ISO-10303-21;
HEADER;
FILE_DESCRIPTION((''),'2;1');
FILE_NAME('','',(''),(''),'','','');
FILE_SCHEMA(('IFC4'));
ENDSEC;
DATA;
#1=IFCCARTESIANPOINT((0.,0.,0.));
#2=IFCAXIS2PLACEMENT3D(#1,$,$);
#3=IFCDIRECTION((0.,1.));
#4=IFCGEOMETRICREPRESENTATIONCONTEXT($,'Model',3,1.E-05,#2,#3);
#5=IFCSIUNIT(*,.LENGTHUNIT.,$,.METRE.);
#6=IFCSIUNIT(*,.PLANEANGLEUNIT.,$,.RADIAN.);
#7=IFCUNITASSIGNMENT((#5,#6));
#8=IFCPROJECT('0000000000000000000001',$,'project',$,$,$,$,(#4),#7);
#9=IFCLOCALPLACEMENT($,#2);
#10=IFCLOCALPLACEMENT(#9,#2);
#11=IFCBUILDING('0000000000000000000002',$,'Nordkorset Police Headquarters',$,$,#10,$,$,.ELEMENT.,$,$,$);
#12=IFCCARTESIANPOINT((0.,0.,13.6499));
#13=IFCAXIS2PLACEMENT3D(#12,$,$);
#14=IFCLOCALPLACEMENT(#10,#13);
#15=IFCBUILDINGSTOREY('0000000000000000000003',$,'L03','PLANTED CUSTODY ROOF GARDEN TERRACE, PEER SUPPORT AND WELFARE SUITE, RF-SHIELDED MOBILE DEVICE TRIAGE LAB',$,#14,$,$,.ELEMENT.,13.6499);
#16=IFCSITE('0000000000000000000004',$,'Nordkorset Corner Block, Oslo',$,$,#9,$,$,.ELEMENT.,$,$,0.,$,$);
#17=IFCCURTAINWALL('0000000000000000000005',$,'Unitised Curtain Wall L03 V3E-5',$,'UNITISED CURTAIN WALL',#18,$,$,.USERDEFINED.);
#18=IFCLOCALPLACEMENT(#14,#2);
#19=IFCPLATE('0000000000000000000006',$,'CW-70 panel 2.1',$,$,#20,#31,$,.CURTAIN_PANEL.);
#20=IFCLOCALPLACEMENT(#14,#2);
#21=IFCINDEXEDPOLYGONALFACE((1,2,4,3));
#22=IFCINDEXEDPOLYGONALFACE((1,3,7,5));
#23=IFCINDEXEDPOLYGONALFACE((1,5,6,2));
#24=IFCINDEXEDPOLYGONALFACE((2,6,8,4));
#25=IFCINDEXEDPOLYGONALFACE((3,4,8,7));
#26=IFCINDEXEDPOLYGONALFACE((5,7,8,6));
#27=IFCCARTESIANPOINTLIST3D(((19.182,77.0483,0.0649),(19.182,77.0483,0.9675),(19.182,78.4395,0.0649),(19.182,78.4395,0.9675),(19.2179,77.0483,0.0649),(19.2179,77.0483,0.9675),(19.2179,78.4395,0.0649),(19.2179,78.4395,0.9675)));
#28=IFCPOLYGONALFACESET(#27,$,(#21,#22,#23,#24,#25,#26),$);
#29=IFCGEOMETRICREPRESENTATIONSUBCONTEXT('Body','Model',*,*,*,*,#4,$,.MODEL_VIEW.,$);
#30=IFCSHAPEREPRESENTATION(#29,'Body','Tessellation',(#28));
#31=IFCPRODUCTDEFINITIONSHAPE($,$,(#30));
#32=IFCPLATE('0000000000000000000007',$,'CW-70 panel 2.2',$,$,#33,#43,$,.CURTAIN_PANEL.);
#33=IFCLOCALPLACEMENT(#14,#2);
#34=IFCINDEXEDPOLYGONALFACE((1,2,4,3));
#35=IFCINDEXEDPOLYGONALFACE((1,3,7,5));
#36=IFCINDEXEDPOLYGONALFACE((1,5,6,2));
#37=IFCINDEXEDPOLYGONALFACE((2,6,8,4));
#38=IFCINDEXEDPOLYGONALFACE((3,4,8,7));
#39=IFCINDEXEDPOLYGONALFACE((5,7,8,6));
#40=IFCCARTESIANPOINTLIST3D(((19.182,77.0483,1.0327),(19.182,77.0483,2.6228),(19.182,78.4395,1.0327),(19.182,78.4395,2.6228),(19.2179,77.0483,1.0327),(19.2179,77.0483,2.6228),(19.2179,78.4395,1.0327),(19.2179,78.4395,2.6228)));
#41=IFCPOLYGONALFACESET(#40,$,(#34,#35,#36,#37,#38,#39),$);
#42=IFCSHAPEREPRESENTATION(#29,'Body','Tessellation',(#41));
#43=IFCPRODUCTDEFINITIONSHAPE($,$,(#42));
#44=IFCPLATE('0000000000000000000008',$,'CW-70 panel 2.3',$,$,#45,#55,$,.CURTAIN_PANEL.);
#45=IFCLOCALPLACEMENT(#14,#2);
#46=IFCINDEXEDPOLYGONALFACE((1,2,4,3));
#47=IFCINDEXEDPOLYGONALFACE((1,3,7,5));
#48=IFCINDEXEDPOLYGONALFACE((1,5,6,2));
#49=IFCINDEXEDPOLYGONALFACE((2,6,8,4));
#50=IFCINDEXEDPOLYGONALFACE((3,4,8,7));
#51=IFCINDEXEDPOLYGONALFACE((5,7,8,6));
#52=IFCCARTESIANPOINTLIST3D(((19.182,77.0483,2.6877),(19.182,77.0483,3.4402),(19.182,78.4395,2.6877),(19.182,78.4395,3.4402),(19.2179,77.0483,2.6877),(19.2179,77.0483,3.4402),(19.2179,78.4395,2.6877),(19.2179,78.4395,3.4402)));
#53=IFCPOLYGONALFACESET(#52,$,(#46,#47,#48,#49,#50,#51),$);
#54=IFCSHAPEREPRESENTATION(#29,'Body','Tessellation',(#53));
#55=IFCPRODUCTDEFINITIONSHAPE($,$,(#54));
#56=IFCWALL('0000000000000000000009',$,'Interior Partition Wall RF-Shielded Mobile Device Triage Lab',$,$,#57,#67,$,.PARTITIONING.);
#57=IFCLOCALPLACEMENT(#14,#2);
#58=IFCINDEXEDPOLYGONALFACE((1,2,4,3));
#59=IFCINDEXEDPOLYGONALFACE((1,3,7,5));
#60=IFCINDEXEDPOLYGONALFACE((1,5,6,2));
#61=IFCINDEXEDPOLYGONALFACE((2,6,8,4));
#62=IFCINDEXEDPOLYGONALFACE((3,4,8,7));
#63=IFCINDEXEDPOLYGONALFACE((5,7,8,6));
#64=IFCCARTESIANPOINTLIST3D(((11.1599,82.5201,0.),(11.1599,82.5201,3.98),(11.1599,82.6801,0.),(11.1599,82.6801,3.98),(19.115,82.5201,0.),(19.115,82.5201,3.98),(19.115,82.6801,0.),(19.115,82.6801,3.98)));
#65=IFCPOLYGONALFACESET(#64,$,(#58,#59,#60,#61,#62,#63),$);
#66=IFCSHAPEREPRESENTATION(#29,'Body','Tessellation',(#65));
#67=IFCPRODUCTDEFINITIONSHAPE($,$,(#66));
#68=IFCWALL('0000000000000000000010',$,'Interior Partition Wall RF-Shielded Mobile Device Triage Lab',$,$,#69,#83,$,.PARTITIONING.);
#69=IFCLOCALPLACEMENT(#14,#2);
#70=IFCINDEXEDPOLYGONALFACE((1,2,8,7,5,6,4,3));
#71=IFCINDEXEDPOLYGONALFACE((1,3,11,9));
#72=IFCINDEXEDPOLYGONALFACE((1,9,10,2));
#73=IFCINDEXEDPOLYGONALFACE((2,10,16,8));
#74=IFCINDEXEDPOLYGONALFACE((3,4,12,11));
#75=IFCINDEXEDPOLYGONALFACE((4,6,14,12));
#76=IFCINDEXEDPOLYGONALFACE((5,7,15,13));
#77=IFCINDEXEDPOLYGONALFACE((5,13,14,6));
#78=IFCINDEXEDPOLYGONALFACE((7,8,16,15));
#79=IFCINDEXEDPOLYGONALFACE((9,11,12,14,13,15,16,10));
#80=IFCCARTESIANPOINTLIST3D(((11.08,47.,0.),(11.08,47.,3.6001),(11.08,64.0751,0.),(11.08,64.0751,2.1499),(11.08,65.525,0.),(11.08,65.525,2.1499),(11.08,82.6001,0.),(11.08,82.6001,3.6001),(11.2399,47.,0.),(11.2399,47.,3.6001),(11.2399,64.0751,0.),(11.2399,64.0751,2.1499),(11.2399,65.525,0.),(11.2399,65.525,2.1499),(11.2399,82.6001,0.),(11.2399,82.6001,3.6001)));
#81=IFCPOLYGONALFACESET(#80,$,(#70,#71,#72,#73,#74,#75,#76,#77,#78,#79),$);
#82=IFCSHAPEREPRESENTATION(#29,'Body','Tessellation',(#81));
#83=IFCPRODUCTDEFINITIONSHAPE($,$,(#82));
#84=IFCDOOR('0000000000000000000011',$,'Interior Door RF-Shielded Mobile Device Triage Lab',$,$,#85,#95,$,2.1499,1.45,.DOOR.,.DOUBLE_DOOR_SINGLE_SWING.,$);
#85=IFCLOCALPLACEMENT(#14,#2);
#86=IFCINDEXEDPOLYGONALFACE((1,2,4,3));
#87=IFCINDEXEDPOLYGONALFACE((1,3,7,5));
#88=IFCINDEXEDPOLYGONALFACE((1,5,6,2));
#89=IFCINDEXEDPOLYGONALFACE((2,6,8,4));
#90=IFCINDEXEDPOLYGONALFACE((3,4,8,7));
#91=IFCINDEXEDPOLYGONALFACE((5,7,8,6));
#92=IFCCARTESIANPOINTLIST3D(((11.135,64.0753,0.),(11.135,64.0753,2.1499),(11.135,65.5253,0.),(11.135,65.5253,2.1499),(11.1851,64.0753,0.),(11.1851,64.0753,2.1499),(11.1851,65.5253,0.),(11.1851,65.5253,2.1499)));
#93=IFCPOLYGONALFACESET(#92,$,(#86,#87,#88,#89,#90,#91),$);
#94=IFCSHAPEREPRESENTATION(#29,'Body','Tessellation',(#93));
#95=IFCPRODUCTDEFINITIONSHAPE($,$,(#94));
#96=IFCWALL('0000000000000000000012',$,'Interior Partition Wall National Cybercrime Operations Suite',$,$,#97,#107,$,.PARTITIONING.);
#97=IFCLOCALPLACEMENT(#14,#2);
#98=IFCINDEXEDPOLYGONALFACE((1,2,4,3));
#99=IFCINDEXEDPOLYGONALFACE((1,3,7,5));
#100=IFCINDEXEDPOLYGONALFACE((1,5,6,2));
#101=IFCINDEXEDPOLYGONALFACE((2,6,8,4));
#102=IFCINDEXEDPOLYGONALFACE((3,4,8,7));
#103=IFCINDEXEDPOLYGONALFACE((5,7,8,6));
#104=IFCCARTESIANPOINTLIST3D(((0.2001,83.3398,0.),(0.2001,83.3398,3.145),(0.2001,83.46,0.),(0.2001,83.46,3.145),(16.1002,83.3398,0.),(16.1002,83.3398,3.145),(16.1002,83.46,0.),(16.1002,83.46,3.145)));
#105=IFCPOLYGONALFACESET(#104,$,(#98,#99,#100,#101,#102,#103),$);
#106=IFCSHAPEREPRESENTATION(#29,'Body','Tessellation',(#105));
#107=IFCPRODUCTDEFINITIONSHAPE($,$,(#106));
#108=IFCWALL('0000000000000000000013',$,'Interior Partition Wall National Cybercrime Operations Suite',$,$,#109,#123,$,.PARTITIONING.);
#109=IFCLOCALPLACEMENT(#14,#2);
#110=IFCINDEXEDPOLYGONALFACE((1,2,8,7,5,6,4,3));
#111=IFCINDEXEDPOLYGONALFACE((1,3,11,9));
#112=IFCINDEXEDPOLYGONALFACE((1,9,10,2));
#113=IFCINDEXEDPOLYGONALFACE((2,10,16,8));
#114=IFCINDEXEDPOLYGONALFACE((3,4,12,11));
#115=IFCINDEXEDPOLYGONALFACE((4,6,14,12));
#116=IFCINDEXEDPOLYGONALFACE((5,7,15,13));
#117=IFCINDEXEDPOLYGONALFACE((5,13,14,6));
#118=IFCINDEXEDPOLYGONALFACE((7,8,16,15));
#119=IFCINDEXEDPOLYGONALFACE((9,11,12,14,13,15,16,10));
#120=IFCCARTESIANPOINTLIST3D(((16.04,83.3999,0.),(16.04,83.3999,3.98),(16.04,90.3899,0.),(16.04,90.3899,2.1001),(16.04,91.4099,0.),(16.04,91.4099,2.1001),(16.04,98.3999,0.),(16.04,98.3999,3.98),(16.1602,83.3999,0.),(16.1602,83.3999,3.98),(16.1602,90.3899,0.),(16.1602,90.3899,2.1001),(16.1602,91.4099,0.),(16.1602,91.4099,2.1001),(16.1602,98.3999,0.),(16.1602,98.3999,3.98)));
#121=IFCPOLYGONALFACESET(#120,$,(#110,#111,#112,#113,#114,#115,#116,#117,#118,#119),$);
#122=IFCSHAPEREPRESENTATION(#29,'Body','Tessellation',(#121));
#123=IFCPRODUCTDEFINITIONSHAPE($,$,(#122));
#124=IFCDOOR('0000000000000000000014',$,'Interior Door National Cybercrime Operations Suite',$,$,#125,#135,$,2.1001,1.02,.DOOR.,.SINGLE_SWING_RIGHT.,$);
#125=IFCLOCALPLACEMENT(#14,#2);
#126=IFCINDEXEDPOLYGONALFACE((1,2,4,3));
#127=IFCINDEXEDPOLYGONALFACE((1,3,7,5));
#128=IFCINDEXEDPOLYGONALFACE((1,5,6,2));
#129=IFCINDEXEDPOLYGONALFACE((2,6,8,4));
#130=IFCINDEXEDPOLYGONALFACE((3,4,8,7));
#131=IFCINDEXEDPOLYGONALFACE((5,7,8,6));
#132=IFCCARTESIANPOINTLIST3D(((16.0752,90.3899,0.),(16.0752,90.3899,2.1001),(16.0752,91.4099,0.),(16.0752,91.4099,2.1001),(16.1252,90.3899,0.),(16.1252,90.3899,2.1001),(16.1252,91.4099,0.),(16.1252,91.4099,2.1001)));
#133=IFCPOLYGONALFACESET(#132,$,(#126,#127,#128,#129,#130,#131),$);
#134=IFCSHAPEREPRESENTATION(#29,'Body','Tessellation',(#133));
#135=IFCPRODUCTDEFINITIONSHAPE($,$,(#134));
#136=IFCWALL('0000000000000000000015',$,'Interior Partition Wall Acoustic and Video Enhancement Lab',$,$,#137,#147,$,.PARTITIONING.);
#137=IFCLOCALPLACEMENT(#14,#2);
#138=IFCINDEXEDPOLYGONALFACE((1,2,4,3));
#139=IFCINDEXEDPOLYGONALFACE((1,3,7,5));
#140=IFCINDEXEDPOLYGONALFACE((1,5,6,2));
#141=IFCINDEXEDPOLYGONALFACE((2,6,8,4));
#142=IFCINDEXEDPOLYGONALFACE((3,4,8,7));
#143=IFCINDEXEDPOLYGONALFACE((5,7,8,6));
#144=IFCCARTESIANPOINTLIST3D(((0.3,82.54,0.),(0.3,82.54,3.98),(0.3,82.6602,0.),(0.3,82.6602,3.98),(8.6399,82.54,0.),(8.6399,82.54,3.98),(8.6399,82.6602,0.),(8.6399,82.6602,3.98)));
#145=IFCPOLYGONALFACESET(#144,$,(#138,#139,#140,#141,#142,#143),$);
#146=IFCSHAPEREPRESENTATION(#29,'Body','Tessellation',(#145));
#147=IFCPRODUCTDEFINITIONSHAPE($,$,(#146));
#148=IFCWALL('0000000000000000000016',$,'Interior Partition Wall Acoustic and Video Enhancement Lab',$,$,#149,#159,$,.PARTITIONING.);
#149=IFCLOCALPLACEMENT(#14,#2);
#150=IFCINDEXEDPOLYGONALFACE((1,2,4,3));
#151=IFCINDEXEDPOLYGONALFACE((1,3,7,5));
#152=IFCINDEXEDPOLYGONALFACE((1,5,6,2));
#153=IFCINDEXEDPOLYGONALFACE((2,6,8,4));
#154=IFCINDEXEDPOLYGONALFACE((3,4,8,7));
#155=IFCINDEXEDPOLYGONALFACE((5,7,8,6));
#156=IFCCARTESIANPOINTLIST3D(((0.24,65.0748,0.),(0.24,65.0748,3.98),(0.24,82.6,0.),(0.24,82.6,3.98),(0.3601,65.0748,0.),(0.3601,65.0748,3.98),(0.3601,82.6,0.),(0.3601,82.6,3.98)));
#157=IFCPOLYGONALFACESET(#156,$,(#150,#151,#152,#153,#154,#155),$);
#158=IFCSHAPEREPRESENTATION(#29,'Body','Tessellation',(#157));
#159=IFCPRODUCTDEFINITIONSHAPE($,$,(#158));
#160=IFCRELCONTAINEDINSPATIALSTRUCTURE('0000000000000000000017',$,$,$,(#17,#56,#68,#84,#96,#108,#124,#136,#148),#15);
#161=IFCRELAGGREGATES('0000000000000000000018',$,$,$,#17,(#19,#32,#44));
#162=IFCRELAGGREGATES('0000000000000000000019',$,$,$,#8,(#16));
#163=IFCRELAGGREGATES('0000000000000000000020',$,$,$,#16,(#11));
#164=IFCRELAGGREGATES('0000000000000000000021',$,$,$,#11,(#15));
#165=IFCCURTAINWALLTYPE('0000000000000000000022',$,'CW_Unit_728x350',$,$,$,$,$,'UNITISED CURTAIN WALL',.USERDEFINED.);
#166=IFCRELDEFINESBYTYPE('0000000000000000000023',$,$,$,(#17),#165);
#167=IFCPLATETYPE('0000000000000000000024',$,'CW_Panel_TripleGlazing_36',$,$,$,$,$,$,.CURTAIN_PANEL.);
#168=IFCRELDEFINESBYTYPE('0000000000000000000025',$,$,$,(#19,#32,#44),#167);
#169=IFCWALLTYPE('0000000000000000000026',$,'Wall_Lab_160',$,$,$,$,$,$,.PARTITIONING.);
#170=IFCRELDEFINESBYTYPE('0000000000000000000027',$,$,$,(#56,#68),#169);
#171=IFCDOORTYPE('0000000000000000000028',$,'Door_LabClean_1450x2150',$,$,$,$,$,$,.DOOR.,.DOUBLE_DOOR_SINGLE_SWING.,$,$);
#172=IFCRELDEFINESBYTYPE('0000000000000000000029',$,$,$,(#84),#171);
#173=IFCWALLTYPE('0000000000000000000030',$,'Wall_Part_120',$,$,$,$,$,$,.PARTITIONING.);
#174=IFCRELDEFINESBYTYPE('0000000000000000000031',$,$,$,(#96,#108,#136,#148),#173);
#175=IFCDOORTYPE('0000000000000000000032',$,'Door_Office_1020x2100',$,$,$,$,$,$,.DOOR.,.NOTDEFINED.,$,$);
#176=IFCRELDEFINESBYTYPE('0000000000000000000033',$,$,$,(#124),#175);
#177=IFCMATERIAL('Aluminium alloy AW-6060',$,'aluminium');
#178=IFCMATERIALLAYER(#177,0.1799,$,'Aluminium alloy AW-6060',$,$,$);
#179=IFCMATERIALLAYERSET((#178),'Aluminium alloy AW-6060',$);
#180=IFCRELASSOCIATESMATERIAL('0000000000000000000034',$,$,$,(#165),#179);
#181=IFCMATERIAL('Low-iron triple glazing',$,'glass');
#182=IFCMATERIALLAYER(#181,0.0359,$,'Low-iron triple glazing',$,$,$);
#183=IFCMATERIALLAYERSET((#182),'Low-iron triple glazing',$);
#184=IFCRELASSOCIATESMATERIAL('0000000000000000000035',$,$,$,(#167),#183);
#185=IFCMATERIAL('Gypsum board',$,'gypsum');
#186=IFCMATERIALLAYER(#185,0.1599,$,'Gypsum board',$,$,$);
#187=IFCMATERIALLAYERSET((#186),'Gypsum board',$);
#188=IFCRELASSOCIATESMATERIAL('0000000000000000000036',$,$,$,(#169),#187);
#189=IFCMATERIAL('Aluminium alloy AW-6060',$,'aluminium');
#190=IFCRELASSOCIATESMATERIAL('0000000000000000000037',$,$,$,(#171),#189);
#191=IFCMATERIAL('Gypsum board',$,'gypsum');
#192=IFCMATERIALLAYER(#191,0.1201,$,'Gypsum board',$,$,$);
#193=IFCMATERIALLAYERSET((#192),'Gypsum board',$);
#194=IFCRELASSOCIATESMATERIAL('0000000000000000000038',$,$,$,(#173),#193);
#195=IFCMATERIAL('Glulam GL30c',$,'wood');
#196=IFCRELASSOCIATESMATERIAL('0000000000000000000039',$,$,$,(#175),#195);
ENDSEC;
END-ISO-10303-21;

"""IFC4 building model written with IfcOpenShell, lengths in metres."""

from ifc_helpers import new_model, si_unit, direction, frame, frame_2d, origin, origin_2d, place, context, subcontext, project, spatial, rectangle, extrude, material, layer, layer_set, type_object, element, fill, aggregate, save


model = new_model("IFC4")

# Units and contexts
model_context = context("Model", 3, precision=1e-05, world=origin(), true_north=direction((0.0, 1.0)))
body_context = subcontext(model_context, "Body", "Model", "MODEL_VIEW")
ifc_project = project(units=[si_unit("LENGTHUNIT", "METRE"), si_unit("PLANEANGLEUNIT", "RADIAN")], contexts=[model_context])

# Site, building, storey
site_placement = place(None, origin())
site = spatial("IfcSite", under=ifc_project, at=site_placement, Name="Nordkorset Corner Block, Oslo", CompositionType="ELEMENT", RefElevation=0.0)
building_placement = place(site_placement, origin())
building = spatial("IfcBuilding", under=site, at=building_placement, Name="Nordkorset Police Headquarters", CompositionType="ELEMENT")
storey_placement = place(building_placement, frame((0.0, 0.0, 13.6499)))
storey = spatial("IfcBuildingStorey", under=building, at=storey_placement, Name="L03", Description="PLANTED CUSTODY ROOF GARDEN TERRACE, PEER SUPPORT AND WELFARE SUITE, RF-SHIELDED MOBILE DEVICE TRIAGE LAB", CompositionType="ELEMENT", Elevation=13.6499)

# Curtain wall
ifc_material_1 = material(Name="Aluminium alloy AW-6060", Category="aluminium")
ifc_layer_1 = layer(ifc_material_1, 0.1799, Name="Aluminium alloy AW-6060")
ifc_layer_set_1 = layer_set([ifc_layer_1], Name="Aluminium alloy AW-6060")
curtain_wall_type_1 = type_object("IfcCurtainWallType", Name="CW_Unit_728x350", ElementType="UNITISED CURTAIN WALL", PredefinedType="USERDEFINED", material=ifc_layer_set_1)
curtain_wall_1_placement = place(storey_placement, origin())
curtain_wall_1 = element("IfcCurtainWall", 1, at=curtain_wall_1_placement, inside=storey, type_object=curtain_wall_type_1, Name="Unitised Curtain Wall L03 V3E-5", ObjectType="UNITISED CURTAIN WALL", PredefinedType="USERDEFINED")

# Plates
ifc_material_2 = material(Name="Low-iron triple glazing", Category="glass")
ifc_layer_2 = layer(ifc_material_2, 0.0359, Name="Low-iron triple glazing")
ifc_layer_set_2 = layer_set([ifc_layer_2], Name="Low-iron triple glazing")
plate_type = type_object("IfcPlateType", Name="CW_Panel_TripleGlazing_36", PredefinedType="CURTAIN_PANEL", material=ifc_layer_set_2)
plate_1_placement = place(storey_placement, frame((19.2, 77.7439, 0.0649), z_axis=(0.0, 0.0, 1.0), x_axis=(0.0, 1.0, 0.0)))
plate_1 = element("IfcPlate", 2, at=plate_1_placement, type_object=plate_type, Name="CW-70 panel 2.1", PredefinedType="CURTAIN_PANEL", context=body_context, shape_type="SweptSolid", body=[
    extrude(rectangle(XDim=1.3911, YDim=0.0359, at=origin_2d()), origin(), (0.0, 0.0, 1.0), 0.9026),
])
plate_2_placement = place(storey_placement, frame((19.2, 77.7439, 1.0327), z_axis=(0.0, 0.0, 1.0), x_axis=(0.0, 1.0, 0.0)))
plate_2 = element("IfcPlate", 3, at=plate_2_placement, type_object=plate_type, Name="CW-70 panel 2.2", PredefinedType="CURTAIN_PANEL", context=body_context, shape_type="SweptSolid", body=[
    extrude(rectangle(XDim=1.3911, YDim=0.0359, at=origin_2d()), origin(), (0.0, 0.0, 1.0), 1.5901),
])
plate_3_placement = place(storey_placement, frame((19.2, 77.7439, 2.6877), z_axis=(0.0, 0.0, 1.0), x_axis=(0.0, 1.0, 0.0)))
plate_3 = element("IfcPlate", 4, at=plate_3_placement, type_object=plate_type, Name="CW-70 panel 2.3", PredefinedType="CURTAIN_PANEL", context=body_context, shape_type="SweptSolid", body=[
    extrude(rectangle(XDim=1.3911, YDim=0.0359, at=origin_2d()), origin(), (0.0, 0.0, 1.0), 0.7524),
])
aggregate(curtain_wall_1, [plate_1, plate_2, plate_3])

# Wall
ifc_material_3 = material(Name="Gypsum board", Category="gypsum")
ifc_layer_3 = layer(ifc_material_3, 0.1599, Name="Gypsum board")
ifc_layer_set_3 = layer_set([ifc_layer_3], Name="Gypsum board")
wall_type_1 = type_object("IfcWallType", Name="Wall_Lab_160", PredefinedType="PARTITIONING", material=ifc_layer_set_3)
wall_1_placement = place(storey_placement, frame((19.115, 82.6001, 0.0), z_axis=(0.0, 0.0, 1.0), x_axis=(-1.0, 0.0, 0.0)))
element("IfcWall", 5, at=wall_1_placement, inside=storey, type_object=wall_type_1, Name="Interior Partition Wall RF-Shielded Mobile Device Triage Lab", PredefinedType="PARTITIONING", context=body_context, shape_type="SweptSolid", body=[
    extrude(rectangle(XDim=7.9551, YDim=0.1599, at=frame_2d((3.9775, 0.0))), origin(), (0.0, 0.0, 1.0), 3.98),
])

# Wall, opening, door
wall_2_placement = place(storey_placement, frame((11.1599, 82.6001, 0.0), z_axis=(0.0, 0.0, 1.0), x_axis=(0.0, -1.0, 0.0)))
wall_2 = element("IfcWall", 6, at=wall_2_placement, inside=storey, type_object=wall_type_1, Name="Interior Partition Wall RF-Shielded Mobile Device Triage Lab", PredefinedType="PARTITIONING", context=body_context, shape_type="SweptSolid", body=[
    extrude(rectangle(XDim=35.6001, YDim=0.1599, at=frame_2d((17.8, 0.0))), origin(), (0.0, 0.0, 1.0), 3.6001),
])
opening_1_placement = place(wall_2_placement, frame((17.075, 0.0, 0.0)))
opening_1 = element("IfcOpeningElement", 7, at=opening_1_placement, cuts=wall_2, PredefinedType="OPENING", context=body_context, shape_type="SweptSolid", body=[
    extrude(rectangle(XDim=1.45, YDim=2.1499, at=frame_2d((0.7251, 1.075))), frame((0.0, 0.0898, 0.0), z_axis=(0.0, -1.0, 0.0), x_axis=(1.0, 0.0, 0.0)), (0.0, 0.0, 1.0), 0.1799),
])
ifc_material_4 = material(Name="Aluminium alloy AW-6060", Category="aluminium")
door_type_1 = type_object("IfcDoorType", Name="Door_LabClean_1450x2150", OperationType="DOUBLE_DOOR_SINGLE_SWING", PredefinedType="DOOR", material=ifc_material_4)
door_1_placement = place(opening_1_placement, frame((1.45, 0.0, 0.0), z_axis=(0.0, 0.0, 1.0), x_axis=(-1.0, 0.0, 0.0)))
door_1 = element("IfcDoor", 8, at=door_1_placement, inside=storey, type_object=door_type_1, Name="Interior Door RF-Shielded Mobile Device Triage Lab", OperationType="DOUBLE_DOOR_SINGLE_SWING", OverallHeight=2.1499, OverallWidth=1.45, PredefinedType="DOOR", context=body_context, shape_type="SweptSolid", body=[
    extrude(rectangle(XDim=1.45, YDim=2.1499, at=frame_2d((0.7251, 1.075))), frame((0.0, 0.0249, 0.0), z_axis=(0.0, -1.0, 0.0), x_axis=(1.0, 0.0, 0.0)), (0.0, 0.0, 1.0), 0.05),
])
fill(opening_1, door_1)

# Wall
ifc_material_5 = material(Name="Gypsum board", Category="gypsum")
ifc_layer_4 = layer(ifc_material_5, 0.1201, Name="Gypsum board")
ifc_layer_set_4 = layer_set([ifc_layer_4], Name="Gypsum board")
wall_type_2 = type_object("IfcWallType", Name="Wall_Part_120", PredefinedType="PARTITIONING", material=ifc_layer_set_4)
wall_3_placement = place(storey_placement, frame((0.2, 83.3999, 0.0), z_axis=(0.0, 0.0, 1.0), x_axis=(1.0, 0.0, 0.0)))
element("IfcWall", 9, at=wall_3_placement, inside=storey, type_object=wall_type_2, Name="Interior Partition Wall National Cybercrime Operations Suite", PredefinedType="PARTITIONING", context=body_context, shape_type="SweptSolid", body=[
    extrude(rectangle(XDim=15.9001, YDim=0.1201, at=frame_2d((7.9502, 0.0))), origin(), (0.0, 0.0, 1.0), 3.145),
])

# Wall, opening, door
wall_4_placement = place(storey_placement, frame((16.1001, 83.3999, 0.0), z_axis=(0.0, 0.0, 1.0), x_axis=(0.0, 1.0, 0.0)))
wall_4 = element("IfcWall", 10, at=wall_4_placement, inside=storey, type_object=wall_type_2, Name="Interior Partition Wall National Cybercrime Operations Suite", PredefinedType="PARTITIONING", context=body_context, shape_type="SweptSolid", body=[
    extrude(rectangle(XDim=15.0, YDim=0.1201, at=frame_2d((7.5, 0.0))), origin(), (0.0, 0.0, 1.0), 3.98),
])
opening_2_placement = place(wall_4_placement, frame((6.99, 0.0, 0.0)))
opening_2 = element("IfcOpeningElement", 11, at=opening_2_placement, cuts=wall_4, PredefinedType="OPENING", context=body_context, shape_type="SweptSolid", body=[
    extrude(rectangle(XDim=1.02, YDim=2.1001, at=frame_2d((0.51, 1.05))), frame((0.0, 0.0701, 0.0), z_axis=(0.0, -1.0, 0.0), x_axis=(1.0, 0.0, 0.0)), (0.0, 0.0, 1.0), 0.1401),
])
ifc_material_6 = material(Name="Glulam GL30c", Category="wood")
door_type_2 = type_object("IfcDoorType", Name="Door_Office_1020x2100", OperationType="NOTDEFINED", PredefinedType="DOOR", material=ifc_material_6)
door_2_placement = place(opening_2_placement, origin())
door_2 = element("IfcDoor", 12, at=door_2_placement, inside=storey, type_object=door_type_2, Name="Interior Door National Cybercrime Operations Suite", OperationType="SINGLE_SWING_RIGHT", OverallHeight=2.1001, OverallWidth=1.02, PredefinedType="DOOR", context=body_context, shape_type="SweptSolid", body=[
    extrude(rectangle(XDim=1.02, YDim=2.1001, at=frame_2d((0.51, 1.05))), frame((0.0, 0.0249, 0.0), z_axis=(0.0, -1.0, 0.0), x_axis=(1.0, 0.0, 0.0)), (0.0, 0.0, 1.0), 0.05),
])
fill(opening_2, door_2)

# Walls
wall_5_placement = place(storey_placement, frame((8.6399, 82.6001, 0.0), z_axis=(0.0, 0.0, 1.0), x_axis=(-1.0, 0.0, 0.0)))
element("IfcWall", 13, at=wall_5_placement, inside=storey, type_object=wall_type_2, Name="Interior Partition Wall Acoustic and Video Enhancement Lab", PredefinedType="PARTITIONING", context=body_context, shape_type="SweptSolid", body=[
    extrude(rectangle(XDim=8.3398, YDim=0.1201, at=frame_2d((4.1699, 0.0))), origin(), (0.0, 0.0, 1.0), 3.98),
])
wall_6_placement = place(storey_placement, frame((0.3, 82.6001, 0.0), z_axis=(0.0, 0.0, 1.0), x_axis=(0.0, -1.0, 0.0)))
element("IfcWall", 14, at=wall_6_placement, inside=storey, type_object=wall_type_2, Name="Interior Partition Wall Acoustic and Video Enhancement Lab", PredefinedType="PARTITIONING", context=body_context, shape_type="SweptSolid", body=[
    extrude(rectangle(XDim=17.5251, YDim=0.1201, at=frame_2d((8.7627, 0.0))), origin(), (0.0, 0.0, 1.0), 3.98),
])

save(model, "model.ifc")
